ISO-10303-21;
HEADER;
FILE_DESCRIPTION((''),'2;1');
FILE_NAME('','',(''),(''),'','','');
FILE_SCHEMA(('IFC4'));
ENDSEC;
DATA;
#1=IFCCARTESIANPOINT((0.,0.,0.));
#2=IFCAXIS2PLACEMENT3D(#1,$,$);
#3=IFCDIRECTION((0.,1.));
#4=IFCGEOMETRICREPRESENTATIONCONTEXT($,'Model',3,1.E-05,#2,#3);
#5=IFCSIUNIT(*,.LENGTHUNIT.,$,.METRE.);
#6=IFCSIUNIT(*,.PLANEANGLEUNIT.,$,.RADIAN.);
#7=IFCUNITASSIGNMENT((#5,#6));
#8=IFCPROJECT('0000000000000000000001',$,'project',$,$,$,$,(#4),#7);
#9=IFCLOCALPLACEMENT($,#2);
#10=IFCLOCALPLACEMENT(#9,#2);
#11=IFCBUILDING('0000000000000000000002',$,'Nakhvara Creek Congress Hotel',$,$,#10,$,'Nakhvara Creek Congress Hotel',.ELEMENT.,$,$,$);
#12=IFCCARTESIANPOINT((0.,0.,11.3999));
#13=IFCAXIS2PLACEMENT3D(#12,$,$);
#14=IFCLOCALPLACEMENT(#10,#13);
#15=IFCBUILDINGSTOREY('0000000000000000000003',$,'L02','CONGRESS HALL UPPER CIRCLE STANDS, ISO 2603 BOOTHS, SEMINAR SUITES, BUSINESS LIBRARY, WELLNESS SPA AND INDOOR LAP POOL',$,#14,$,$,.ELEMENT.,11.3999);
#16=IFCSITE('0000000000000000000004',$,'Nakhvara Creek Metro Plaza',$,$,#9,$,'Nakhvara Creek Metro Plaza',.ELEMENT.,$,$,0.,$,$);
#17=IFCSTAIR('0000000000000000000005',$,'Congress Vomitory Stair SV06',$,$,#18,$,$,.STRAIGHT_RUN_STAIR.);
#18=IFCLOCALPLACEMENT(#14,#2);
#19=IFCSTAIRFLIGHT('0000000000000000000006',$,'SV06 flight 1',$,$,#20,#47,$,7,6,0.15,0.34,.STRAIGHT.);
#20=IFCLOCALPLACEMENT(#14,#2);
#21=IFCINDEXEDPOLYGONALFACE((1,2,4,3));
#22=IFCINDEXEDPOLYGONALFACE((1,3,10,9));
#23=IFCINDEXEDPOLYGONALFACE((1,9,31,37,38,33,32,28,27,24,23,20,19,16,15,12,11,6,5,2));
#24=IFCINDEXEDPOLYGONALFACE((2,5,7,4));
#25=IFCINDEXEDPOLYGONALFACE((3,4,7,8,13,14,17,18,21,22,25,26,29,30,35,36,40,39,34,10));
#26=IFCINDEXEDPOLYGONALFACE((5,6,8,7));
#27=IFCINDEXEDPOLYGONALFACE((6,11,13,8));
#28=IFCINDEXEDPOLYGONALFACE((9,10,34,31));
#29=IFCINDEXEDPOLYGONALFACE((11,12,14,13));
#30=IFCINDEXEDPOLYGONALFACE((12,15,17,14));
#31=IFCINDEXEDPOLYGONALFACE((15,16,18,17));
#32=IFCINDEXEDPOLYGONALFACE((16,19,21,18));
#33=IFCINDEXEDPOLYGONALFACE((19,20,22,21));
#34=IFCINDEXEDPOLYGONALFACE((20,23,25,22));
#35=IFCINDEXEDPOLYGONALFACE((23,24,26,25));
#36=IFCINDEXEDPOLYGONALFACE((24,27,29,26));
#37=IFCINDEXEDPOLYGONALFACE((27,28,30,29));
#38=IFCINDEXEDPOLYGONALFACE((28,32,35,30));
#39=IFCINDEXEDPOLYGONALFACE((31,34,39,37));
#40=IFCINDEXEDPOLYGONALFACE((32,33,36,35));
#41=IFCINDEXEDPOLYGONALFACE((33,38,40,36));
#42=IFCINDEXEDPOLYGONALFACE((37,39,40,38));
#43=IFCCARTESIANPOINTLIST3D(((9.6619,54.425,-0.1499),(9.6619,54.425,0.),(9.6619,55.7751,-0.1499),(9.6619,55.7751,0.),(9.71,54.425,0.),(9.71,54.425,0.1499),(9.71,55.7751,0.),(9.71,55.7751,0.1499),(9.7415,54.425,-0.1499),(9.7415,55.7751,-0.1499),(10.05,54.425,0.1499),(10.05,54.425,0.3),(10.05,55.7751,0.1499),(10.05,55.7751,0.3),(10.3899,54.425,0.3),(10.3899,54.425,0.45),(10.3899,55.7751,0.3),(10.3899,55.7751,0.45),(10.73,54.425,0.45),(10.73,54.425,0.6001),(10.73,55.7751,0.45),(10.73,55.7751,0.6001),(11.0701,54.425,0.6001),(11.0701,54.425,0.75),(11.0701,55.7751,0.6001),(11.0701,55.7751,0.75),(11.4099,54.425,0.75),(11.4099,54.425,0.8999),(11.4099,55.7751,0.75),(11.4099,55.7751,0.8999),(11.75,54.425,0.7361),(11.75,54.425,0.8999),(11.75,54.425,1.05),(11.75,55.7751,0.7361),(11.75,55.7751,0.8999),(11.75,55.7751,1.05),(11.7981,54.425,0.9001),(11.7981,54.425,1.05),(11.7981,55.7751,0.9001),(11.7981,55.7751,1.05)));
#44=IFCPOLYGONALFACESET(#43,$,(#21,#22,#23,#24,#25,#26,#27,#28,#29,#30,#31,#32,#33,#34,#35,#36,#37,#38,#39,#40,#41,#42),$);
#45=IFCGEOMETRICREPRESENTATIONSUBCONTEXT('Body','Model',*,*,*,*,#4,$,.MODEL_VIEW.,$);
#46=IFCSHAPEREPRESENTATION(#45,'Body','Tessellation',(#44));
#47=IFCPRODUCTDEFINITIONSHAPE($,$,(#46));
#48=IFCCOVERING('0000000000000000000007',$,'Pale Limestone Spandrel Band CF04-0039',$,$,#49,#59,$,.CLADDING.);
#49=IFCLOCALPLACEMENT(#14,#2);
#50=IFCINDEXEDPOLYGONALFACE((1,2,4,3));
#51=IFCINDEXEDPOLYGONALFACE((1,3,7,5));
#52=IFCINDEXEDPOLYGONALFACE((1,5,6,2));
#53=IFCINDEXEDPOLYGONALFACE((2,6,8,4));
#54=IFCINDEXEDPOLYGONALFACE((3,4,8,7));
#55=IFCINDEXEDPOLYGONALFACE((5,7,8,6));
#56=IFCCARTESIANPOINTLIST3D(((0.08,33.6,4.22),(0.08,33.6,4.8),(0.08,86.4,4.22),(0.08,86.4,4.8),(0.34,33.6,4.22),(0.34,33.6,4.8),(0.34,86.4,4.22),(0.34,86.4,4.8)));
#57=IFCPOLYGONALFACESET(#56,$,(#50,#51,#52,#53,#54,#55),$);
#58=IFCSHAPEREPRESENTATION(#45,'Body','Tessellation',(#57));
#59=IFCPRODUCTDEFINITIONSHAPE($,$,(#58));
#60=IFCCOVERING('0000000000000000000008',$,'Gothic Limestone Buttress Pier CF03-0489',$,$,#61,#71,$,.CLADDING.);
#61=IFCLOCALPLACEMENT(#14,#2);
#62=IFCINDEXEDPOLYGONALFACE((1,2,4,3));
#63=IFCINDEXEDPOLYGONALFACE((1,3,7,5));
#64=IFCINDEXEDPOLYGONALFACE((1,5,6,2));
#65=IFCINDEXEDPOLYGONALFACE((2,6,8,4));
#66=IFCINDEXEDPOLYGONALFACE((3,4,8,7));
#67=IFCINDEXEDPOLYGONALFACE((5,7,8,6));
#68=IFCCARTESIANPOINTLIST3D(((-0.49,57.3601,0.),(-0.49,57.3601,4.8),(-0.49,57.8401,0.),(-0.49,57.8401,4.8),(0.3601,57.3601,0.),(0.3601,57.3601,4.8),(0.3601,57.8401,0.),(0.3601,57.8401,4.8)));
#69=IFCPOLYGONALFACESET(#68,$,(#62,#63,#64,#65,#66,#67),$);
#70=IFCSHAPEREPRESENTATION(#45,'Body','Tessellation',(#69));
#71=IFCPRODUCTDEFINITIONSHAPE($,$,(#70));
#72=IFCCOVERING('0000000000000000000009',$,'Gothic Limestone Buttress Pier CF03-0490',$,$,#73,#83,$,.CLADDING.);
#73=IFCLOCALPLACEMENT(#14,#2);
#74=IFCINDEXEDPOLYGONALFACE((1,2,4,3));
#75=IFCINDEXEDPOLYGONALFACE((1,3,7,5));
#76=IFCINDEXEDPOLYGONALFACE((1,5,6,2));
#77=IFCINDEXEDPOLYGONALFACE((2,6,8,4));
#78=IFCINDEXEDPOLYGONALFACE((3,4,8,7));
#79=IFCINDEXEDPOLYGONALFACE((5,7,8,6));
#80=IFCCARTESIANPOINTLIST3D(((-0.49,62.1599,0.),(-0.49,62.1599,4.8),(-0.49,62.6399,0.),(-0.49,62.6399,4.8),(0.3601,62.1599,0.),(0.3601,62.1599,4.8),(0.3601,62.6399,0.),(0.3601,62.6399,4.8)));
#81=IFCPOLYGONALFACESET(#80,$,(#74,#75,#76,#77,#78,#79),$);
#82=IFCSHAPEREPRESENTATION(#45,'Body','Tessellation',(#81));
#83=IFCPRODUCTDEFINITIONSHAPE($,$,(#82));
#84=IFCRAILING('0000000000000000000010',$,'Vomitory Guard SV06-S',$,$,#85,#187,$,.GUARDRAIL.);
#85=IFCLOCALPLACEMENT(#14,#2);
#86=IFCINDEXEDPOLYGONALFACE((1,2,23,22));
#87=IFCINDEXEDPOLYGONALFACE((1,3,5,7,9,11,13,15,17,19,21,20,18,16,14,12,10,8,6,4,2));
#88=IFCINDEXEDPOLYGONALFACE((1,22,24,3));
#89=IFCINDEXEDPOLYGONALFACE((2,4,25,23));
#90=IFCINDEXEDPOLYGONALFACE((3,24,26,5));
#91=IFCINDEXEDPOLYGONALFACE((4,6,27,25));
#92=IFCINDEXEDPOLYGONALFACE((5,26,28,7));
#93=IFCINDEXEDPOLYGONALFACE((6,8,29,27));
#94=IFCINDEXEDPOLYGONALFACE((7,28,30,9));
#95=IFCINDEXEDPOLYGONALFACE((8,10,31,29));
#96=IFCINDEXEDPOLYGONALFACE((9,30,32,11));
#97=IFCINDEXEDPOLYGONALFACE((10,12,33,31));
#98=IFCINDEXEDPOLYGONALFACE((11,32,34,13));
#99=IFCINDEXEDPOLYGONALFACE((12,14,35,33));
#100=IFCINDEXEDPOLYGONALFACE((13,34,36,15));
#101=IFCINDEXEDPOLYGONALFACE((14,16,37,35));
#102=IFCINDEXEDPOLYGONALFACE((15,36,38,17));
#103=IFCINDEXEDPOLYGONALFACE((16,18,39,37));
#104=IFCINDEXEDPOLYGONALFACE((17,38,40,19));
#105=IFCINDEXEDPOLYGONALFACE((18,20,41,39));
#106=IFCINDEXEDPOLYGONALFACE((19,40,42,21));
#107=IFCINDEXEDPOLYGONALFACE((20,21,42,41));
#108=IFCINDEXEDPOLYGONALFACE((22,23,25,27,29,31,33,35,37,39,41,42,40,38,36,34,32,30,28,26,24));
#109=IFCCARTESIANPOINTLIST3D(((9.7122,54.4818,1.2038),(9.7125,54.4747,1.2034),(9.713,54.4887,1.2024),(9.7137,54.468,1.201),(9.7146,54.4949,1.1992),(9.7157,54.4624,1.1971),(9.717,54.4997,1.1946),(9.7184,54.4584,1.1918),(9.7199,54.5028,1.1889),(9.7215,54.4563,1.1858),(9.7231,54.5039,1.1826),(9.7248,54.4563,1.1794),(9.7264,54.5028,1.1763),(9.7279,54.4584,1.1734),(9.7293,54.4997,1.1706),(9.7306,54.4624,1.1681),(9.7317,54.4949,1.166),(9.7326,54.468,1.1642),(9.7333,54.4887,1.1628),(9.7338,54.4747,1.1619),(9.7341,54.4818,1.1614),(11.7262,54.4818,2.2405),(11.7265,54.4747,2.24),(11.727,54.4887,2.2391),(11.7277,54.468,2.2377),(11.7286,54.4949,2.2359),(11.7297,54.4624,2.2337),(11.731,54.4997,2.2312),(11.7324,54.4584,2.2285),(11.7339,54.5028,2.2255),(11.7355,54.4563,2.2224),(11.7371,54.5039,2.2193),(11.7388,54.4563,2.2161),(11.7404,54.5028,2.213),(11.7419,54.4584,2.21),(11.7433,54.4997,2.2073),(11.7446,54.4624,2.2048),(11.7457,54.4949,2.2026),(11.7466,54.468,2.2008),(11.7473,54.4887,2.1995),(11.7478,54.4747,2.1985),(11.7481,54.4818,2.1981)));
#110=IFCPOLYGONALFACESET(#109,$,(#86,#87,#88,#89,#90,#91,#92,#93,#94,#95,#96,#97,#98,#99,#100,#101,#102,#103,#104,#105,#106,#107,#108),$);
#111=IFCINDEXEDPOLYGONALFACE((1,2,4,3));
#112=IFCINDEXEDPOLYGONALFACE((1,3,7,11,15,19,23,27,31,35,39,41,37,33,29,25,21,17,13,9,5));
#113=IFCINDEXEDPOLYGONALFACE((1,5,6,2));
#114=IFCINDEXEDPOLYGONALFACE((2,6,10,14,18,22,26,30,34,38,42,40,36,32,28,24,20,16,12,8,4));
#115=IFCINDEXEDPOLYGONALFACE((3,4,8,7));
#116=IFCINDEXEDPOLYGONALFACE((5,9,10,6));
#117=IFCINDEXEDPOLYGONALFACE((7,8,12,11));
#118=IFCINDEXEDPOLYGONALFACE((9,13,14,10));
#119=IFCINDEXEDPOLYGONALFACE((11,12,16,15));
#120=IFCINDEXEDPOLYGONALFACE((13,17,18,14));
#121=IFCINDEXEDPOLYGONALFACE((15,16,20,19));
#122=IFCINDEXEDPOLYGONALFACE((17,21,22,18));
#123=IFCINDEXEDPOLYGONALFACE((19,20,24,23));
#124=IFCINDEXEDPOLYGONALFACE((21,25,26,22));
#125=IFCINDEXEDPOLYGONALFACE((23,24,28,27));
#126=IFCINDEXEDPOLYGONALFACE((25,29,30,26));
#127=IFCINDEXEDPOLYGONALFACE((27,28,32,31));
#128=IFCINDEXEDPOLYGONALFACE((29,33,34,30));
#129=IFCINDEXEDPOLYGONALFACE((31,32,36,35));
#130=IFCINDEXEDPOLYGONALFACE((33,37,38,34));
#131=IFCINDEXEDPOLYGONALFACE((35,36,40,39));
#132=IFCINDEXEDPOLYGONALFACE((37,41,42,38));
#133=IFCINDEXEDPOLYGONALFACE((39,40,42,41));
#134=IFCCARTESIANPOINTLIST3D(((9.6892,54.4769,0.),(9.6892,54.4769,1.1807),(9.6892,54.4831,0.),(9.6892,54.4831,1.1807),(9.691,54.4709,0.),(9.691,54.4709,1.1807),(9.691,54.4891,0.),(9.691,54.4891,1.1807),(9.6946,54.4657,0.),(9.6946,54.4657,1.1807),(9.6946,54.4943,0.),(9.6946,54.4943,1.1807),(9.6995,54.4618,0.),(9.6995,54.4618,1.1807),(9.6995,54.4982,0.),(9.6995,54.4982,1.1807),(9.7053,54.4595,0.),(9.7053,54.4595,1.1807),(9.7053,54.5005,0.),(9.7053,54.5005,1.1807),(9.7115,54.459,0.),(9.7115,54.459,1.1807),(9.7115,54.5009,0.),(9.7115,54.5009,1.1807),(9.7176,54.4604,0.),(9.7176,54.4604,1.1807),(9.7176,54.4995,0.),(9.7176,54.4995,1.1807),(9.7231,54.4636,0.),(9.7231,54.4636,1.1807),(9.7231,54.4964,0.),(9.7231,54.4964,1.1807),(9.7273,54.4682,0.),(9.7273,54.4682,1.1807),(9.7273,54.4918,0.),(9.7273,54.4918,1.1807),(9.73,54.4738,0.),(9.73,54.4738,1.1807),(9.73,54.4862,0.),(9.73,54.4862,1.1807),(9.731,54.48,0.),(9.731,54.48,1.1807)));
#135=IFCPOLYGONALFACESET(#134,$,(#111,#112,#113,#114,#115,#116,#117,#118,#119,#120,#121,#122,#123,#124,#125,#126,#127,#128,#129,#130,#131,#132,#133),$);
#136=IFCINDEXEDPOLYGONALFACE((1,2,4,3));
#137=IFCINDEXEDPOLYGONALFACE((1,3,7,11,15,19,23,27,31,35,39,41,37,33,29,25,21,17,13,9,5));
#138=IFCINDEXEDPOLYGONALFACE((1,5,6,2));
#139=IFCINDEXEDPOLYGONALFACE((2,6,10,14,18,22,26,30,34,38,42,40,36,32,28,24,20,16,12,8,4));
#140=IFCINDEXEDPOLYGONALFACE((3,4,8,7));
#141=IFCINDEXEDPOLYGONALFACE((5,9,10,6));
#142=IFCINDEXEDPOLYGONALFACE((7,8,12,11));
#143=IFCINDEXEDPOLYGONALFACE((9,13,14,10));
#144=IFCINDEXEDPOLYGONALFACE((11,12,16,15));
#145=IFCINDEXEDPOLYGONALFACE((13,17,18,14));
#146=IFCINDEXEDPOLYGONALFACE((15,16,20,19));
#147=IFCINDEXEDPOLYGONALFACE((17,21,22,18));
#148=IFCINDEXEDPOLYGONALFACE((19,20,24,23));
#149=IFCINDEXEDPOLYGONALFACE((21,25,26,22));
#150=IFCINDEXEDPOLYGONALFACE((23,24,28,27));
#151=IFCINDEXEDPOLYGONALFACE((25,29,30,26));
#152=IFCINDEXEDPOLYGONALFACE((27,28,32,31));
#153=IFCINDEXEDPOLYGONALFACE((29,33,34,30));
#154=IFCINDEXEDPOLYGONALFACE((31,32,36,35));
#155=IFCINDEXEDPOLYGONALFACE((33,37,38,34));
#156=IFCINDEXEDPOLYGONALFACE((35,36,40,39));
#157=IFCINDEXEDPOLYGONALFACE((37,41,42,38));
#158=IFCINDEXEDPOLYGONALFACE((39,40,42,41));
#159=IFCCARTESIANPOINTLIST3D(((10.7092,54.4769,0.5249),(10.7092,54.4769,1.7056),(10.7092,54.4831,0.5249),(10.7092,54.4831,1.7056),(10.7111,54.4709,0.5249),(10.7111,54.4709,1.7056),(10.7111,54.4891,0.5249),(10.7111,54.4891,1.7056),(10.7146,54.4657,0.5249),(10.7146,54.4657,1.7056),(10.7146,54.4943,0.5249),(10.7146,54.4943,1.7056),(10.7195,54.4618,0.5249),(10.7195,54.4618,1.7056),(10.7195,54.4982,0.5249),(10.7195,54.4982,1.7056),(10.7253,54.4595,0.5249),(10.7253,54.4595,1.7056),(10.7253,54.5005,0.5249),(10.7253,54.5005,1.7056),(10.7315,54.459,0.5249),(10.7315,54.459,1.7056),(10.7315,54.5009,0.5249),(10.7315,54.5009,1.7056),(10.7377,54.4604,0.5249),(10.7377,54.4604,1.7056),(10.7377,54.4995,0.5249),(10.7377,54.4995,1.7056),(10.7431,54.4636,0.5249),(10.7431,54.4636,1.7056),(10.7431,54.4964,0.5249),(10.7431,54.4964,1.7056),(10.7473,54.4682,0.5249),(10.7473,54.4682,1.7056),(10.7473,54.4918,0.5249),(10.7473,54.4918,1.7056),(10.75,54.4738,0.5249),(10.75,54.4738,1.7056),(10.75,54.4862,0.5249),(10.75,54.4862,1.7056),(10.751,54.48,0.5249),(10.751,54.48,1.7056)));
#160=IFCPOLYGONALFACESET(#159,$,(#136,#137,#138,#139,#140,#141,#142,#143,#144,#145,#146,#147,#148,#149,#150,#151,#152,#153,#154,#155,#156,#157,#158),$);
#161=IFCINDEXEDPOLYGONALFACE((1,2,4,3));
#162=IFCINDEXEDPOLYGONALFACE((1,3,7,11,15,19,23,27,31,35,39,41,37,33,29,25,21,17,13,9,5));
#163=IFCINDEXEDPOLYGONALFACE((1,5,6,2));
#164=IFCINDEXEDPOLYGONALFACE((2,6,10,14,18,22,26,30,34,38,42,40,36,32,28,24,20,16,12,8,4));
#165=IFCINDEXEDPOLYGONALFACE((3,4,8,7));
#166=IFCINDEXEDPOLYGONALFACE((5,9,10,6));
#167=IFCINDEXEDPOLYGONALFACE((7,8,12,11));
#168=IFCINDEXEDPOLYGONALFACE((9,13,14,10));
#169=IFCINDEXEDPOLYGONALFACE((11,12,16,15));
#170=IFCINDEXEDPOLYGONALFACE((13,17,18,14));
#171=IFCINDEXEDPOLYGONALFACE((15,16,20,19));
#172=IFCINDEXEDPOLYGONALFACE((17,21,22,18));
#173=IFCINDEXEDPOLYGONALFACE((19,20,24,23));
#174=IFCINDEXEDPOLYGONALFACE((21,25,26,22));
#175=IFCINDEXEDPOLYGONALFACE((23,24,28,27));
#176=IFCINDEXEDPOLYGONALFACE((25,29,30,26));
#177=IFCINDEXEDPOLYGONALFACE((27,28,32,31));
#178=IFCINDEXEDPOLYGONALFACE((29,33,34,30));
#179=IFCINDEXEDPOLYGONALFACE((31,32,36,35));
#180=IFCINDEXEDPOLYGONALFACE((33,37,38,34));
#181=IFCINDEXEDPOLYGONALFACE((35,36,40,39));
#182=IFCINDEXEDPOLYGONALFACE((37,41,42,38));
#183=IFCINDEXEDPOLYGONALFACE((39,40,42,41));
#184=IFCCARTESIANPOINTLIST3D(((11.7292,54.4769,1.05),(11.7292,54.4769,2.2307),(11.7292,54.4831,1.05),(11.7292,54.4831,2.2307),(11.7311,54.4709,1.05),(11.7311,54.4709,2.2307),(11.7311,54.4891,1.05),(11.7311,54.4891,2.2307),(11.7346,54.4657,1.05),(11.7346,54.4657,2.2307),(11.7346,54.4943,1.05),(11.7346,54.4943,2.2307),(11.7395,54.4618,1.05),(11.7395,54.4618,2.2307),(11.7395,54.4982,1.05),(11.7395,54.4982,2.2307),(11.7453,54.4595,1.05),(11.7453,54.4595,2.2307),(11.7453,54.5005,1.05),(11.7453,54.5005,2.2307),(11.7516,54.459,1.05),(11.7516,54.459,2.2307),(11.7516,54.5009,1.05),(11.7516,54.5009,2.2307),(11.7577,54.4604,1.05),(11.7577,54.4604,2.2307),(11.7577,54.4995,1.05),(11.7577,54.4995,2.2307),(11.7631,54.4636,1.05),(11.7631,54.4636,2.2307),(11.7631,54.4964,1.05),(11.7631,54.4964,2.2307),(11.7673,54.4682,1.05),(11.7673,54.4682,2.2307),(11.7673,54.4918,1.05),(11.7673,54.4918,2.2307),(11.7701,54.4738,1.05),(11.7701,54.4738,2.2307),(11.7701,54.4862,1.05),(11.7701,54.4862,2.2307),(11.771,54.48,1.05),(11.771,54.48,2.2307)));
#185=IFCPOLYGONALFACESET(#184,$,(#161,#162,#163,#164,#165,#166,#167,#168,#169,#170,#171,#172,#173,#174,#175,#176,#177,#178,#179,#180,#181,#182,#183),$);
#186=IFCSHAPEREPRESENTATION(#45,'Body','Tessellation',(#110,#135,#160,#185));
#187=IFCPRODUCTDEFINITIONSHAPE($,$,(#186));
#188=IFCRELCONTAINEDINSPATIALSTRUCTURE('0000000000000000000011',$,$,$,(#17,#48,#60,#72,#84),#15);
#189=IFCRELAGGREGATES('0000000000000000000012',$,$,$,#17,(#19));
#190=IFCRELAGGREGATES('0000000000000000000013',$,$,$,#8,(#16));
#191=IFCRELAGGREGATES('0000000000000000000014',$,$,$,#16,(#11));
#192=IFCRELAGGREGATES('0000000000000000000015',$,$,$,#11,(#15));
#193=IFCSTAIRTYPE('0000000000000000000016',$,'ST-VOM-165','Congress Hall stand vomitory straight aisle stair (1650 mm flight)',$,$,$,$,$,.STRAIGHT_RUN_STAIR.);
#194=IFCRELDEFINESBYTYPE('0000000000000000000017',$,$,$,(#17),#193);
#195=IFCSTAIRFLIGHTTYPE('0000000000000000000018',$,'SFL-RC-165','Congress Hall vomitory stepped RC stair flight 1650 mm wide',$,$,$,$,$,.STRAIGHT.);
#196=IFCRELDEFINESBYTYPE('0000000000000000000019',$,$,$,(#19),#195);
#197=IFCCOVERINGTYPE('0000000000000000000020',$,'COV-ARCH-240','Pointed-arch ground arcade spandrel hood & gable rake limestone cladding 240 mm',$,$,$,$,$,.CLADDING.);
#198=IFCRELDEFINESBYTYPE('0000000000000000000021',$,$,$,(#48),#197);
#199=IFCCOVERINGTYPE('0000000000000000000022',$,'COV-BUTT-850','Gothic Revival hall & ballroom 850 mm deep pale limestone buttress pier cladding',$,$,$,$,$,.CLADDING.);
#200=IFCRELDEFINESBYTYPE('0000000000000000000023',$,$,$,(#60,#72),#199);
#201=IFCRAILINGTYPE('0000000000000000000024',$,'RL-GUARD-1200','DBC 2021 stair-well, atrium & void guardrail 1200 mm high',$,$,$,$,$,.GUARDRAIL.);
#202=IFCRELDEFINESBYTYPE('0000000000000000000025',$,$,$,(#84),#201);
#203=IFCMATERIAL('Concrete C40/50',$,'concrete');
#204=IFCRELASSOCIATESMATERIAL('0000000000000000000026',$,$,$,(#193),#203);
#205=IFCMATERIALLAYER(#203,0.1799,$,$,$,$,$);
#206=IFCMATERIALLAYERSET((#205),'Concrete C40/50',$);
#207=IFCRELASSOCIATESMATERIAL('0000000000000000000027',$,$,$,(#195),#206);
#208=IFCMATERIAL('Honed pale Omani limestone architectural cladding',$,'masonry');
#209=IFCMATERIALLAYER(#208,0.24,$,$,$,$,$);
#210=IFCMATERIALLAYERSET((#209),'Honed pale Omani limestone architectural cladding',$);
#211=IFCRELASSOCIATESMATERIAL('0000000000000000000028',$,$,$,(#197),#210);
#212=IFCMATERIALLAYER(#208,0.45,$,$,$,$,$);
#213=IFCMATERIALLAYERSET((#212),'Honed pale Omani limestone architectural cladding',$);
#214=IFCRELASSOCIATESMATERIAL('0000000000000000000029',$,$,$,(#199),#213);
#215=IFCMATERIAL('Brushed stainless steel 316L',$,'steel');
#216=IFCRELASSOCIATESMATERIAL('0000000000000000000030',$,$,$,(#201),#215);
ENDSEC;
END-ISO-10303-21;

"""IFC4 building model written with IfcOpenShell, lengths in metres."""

from ifc_helpers import new_model, si_unit, direction, frame, origin, origin_2d, place, context, subcontext, project, spatial, polyline, rectangle, circle, outline, extrude, material, layer, layer_set, type_object, element, aggregate, save


model = new_model("IFC4")

# Units and contexts
model_context = context("Model", 3, precision=1e-05, world=origin(), true_north=direction((0.0, 1.0)))
body_context = subcontext(model_context, "Body", "Model", "MODEL_VIEW")
ifc_project = project(units=[si_unit("LENGTHUNIT", "METRE"), si_unit("PLANEANGLEUNIT", "RADIAN")], contexts=[model_context])

# Site, building, storey
site_placement = place(None, origin())
site = spatial("IfcSite", under=ifc_project, at=site_placement, Name="Nakhvara Creek Metro Plaza", LongName="Nakhvara Creek Metro Plaza", CompositionType="ELEMENT", RefElevation=0.0)
building_placement = place(site_placement, origin())
building = spatial("IfcBuilding", under=site, at=building_placement, Name="Nakhvara Creek Congress Hotel", LongName="Nakhvara Creek Congress Hotel", CompositionType="ELEMENT")
storey_placement = place(building_placement, frame((0.0, 0.0, 11.3999)))
storey = spatial("IfcBuildingStorey", under=building, at=storey_placement, Name="L02", Description="CONGRESS HALL UPPER CIRCLE STANDS, ISO 2603 BOOTHS, SEMINAR SUITES, BUSINESS LIBRARY, WELLNESS SPA AND INDOOR LAP POOL", CompositionType="ELEMENT", Elevation=11.3999)

# Shared definitions
ifc_material_1 = material(Name="Concrete C40/50", Category="concrete")

# Stair, stair flight
stair_type = type_object("IfcStairType", Name="ST-VOM-165", Description="Congress Hall stand vomitory straight aisle stair (1650 mm flight)", PredefinedType="STRAIGHT_RUN_STAIR", material=ifc_material_1)
stair_placement = place(storey_placement, origin())
stair = element("IfcStair", 1, at=stair_placement, inside=storey, type_object=stair_type, Name="Congress Vomitory Stair SV06", PredefinedType="STRAIGHT_RUN_STAIR")
ifc_layer_1 = layer(ifc_material_1, 0.1799)
ifc_layer_set_1 = layer_set([ifc_layer_1], Name="Concrete C40/50")
stair_flight_type = type_object("IfcStairFlightType", Name="SFL-RC-165", Description="Congress Hall vomitory stepped RC stair flight 1650 mm wide", PredefinedType="STRAIGHT", material=ifc_layer_set_1)
stair_flight_placement = place(storey_placement, frame((9.71, 55.1001, 0.0), z_axis=(0.0, 0.0, 1.0), x_axis=(1.0, 0.0, 0.0)))
stair_flight = element("IfcStairFlight", 2, at=stair_flight_placement, type_object=stair_flight_type, Name="SV06 flight 1", NumberOfRisers=7, NumberOfTreads=6, PredefinedType="STRAIGHT", RiserHeight=0.15, TreadLength=0.34, context=body_context, shape_type="SweptSolid", body=[
    extrude(outline(polyline([(-0.0481, 0.0), (0.0, 0.0), (0.0, 0.1499), (0.3401, 0.1499), (0.3401, 0.3), (0.6799, 0.3), (0.6799, 0.45), (1.02, 0.45), (1.02, 0.6001), (1.3601, 0.6001), (1.3601, 0.75), (1.7, 0.75), (1.7, 0.8999), (2.04, 0.8999), (2.04, 1.05), (2.0881, 1.05), (2.0881, 0.9001), (2.04, 0.7361), (0.0315, -0.1499), (-0.0481, -0.1499), (-0.0481, 0.0)])), frame((0.0, 0.675, 0.0), z_axis=(0.0, -1.0, 0.0), x_axis=(1.0, 0.0, 0.0)), (0.0, 0.0, 1.0), 1.3501),
])
aggregate(stair, [stair_flight])

# Coverings
ifc_material_2 = material(Name="Honed pale Omani limestone architectural cladding", Category="masonry")
ifc_layer_2 = layer(ifc_material_2, 0.24)
ifc_layer_set_2 = layer_set([ifc_layer_2], Name="Honed pale Omani limestone architectural cladding")
covering_type_1 = type_object("IfcCoveringType", Name="COV-ARCH-240", Description="Pointed-arch ground arcade spandrel hood & gable rake limestone cladding 240 mm", PredefinedType="CLADDING", material=ifc_layer_set_2)
covering_placement = place(storey_placement, frame((0.21, 60.0, 4.22), z_axis=(0.0, 0.0, 1.0), x_axis=(0.0, 1.0, 0.0)))
element("IfcCovering", 3, at=covering_placement, inside=storey, type_object=covering_type_1, Name="Pale Limestone Spandrel Band CF04-0039", PredefinedType="CLADDING", context=body_context, shape_type="SweptSolid", body=[
    extrude(rectangle(XDim=52.8, YDim=0.26, at=origin_2d()), origin(), (0.0, 0.0, 1.0), 0.5801),
])
ifc_layer_3 = layer(ifc_material_2, 0.45)
ifc_layer_set_3 = layer_set([ifc_layer_3], Name="Honed pale Omani limestone architectural cladding")
covering_type_2 = type_object("IfcCoveringType", Name="COV-BUTT-850", Description="Gothic Revival hall & ballroom 850 mm deep pale limestone buttress pier cladding", PredefinedType="CLADDING", material=ifc_layer_set_3)
for number, where, z_axis, x_axis, name in (
    (4, (-0.0649, 57.6001, 0.0), (0.0, 0.0, 1.0), (0.0, 1.0, 0.0), "Gothic Limestone Buttress Pier CF03-0489"),
    (5, (-0.0649, 62.3999, 0.0), (0.0, 0.0, 1.0), (0.0, 1.0, 0.0), "Gothic Limestone Buttress Pier CF03-0490"),
):
    element("IfcCovering", number, at=place(storey_placement, frame(where, z_axis=z_axis, x_axis=x_axis)), inside=storey, type_object=covering_type_2, Name=name, PredefinedType="CLADDING", context=body_context, shape_type="SweptSolid", body=[
        extrude(rectangle(XDim=0.48, YDim=0.8501, at=origin_2d()), origin(), (0.0, 0.0, 1.0), 4.8),
    ])

# Railing
ifc_material_3 = material(Name="Brushed stainless steel 316L", Category="steel")
railing_type_1 = type_object("IfcRailingType", Name="RL-GUARD-1200", Description="DBC 2021 stair-well, atrium & void guardrail 1200 mm high", PredefinedType="GUARDRAIL", material=ifc_material_3)
for number, where, name in (
    (6, (9.71, 54.48, 0.0), "Vomitory Guard SV06-S"),
):
    element("IfcRailing", number, at=place(storey_placement, frame(where)), inside=storey, type_object=railing_type_1, Name=name, PredefinedType="GUARDRAIL", context=body_context, shape_type="SweptSolid", body=[
        extrude(circle(Radius=0.0239, at=origin_2d()), frame((0.0132, 0.0, 1.1826), z_axis=(0.889131, 0.0, 0.457653), x_axis=(0.0, 1.0, 0.0)), (0.0, 0.0, 1.0), 2.2651),
        extrude(circle(Radius=0.021, at=origin_2d()), origin(), (0.0, 0.0, 1.0), 1.1807),
        extrude(circle(Radius=0.021, at=origin_2d()), frame((1.02, 0.0, 0.5249)), (0.0, 0.0, 1.0), 1.1807),
        extrude(circle(Radius=0.021, at=origin_2d()), frame((2.04, 0.0, 1.05)), (0.0, 0.0, 1.0), 1.1807),
    ])

save(model, "model.ifc")
